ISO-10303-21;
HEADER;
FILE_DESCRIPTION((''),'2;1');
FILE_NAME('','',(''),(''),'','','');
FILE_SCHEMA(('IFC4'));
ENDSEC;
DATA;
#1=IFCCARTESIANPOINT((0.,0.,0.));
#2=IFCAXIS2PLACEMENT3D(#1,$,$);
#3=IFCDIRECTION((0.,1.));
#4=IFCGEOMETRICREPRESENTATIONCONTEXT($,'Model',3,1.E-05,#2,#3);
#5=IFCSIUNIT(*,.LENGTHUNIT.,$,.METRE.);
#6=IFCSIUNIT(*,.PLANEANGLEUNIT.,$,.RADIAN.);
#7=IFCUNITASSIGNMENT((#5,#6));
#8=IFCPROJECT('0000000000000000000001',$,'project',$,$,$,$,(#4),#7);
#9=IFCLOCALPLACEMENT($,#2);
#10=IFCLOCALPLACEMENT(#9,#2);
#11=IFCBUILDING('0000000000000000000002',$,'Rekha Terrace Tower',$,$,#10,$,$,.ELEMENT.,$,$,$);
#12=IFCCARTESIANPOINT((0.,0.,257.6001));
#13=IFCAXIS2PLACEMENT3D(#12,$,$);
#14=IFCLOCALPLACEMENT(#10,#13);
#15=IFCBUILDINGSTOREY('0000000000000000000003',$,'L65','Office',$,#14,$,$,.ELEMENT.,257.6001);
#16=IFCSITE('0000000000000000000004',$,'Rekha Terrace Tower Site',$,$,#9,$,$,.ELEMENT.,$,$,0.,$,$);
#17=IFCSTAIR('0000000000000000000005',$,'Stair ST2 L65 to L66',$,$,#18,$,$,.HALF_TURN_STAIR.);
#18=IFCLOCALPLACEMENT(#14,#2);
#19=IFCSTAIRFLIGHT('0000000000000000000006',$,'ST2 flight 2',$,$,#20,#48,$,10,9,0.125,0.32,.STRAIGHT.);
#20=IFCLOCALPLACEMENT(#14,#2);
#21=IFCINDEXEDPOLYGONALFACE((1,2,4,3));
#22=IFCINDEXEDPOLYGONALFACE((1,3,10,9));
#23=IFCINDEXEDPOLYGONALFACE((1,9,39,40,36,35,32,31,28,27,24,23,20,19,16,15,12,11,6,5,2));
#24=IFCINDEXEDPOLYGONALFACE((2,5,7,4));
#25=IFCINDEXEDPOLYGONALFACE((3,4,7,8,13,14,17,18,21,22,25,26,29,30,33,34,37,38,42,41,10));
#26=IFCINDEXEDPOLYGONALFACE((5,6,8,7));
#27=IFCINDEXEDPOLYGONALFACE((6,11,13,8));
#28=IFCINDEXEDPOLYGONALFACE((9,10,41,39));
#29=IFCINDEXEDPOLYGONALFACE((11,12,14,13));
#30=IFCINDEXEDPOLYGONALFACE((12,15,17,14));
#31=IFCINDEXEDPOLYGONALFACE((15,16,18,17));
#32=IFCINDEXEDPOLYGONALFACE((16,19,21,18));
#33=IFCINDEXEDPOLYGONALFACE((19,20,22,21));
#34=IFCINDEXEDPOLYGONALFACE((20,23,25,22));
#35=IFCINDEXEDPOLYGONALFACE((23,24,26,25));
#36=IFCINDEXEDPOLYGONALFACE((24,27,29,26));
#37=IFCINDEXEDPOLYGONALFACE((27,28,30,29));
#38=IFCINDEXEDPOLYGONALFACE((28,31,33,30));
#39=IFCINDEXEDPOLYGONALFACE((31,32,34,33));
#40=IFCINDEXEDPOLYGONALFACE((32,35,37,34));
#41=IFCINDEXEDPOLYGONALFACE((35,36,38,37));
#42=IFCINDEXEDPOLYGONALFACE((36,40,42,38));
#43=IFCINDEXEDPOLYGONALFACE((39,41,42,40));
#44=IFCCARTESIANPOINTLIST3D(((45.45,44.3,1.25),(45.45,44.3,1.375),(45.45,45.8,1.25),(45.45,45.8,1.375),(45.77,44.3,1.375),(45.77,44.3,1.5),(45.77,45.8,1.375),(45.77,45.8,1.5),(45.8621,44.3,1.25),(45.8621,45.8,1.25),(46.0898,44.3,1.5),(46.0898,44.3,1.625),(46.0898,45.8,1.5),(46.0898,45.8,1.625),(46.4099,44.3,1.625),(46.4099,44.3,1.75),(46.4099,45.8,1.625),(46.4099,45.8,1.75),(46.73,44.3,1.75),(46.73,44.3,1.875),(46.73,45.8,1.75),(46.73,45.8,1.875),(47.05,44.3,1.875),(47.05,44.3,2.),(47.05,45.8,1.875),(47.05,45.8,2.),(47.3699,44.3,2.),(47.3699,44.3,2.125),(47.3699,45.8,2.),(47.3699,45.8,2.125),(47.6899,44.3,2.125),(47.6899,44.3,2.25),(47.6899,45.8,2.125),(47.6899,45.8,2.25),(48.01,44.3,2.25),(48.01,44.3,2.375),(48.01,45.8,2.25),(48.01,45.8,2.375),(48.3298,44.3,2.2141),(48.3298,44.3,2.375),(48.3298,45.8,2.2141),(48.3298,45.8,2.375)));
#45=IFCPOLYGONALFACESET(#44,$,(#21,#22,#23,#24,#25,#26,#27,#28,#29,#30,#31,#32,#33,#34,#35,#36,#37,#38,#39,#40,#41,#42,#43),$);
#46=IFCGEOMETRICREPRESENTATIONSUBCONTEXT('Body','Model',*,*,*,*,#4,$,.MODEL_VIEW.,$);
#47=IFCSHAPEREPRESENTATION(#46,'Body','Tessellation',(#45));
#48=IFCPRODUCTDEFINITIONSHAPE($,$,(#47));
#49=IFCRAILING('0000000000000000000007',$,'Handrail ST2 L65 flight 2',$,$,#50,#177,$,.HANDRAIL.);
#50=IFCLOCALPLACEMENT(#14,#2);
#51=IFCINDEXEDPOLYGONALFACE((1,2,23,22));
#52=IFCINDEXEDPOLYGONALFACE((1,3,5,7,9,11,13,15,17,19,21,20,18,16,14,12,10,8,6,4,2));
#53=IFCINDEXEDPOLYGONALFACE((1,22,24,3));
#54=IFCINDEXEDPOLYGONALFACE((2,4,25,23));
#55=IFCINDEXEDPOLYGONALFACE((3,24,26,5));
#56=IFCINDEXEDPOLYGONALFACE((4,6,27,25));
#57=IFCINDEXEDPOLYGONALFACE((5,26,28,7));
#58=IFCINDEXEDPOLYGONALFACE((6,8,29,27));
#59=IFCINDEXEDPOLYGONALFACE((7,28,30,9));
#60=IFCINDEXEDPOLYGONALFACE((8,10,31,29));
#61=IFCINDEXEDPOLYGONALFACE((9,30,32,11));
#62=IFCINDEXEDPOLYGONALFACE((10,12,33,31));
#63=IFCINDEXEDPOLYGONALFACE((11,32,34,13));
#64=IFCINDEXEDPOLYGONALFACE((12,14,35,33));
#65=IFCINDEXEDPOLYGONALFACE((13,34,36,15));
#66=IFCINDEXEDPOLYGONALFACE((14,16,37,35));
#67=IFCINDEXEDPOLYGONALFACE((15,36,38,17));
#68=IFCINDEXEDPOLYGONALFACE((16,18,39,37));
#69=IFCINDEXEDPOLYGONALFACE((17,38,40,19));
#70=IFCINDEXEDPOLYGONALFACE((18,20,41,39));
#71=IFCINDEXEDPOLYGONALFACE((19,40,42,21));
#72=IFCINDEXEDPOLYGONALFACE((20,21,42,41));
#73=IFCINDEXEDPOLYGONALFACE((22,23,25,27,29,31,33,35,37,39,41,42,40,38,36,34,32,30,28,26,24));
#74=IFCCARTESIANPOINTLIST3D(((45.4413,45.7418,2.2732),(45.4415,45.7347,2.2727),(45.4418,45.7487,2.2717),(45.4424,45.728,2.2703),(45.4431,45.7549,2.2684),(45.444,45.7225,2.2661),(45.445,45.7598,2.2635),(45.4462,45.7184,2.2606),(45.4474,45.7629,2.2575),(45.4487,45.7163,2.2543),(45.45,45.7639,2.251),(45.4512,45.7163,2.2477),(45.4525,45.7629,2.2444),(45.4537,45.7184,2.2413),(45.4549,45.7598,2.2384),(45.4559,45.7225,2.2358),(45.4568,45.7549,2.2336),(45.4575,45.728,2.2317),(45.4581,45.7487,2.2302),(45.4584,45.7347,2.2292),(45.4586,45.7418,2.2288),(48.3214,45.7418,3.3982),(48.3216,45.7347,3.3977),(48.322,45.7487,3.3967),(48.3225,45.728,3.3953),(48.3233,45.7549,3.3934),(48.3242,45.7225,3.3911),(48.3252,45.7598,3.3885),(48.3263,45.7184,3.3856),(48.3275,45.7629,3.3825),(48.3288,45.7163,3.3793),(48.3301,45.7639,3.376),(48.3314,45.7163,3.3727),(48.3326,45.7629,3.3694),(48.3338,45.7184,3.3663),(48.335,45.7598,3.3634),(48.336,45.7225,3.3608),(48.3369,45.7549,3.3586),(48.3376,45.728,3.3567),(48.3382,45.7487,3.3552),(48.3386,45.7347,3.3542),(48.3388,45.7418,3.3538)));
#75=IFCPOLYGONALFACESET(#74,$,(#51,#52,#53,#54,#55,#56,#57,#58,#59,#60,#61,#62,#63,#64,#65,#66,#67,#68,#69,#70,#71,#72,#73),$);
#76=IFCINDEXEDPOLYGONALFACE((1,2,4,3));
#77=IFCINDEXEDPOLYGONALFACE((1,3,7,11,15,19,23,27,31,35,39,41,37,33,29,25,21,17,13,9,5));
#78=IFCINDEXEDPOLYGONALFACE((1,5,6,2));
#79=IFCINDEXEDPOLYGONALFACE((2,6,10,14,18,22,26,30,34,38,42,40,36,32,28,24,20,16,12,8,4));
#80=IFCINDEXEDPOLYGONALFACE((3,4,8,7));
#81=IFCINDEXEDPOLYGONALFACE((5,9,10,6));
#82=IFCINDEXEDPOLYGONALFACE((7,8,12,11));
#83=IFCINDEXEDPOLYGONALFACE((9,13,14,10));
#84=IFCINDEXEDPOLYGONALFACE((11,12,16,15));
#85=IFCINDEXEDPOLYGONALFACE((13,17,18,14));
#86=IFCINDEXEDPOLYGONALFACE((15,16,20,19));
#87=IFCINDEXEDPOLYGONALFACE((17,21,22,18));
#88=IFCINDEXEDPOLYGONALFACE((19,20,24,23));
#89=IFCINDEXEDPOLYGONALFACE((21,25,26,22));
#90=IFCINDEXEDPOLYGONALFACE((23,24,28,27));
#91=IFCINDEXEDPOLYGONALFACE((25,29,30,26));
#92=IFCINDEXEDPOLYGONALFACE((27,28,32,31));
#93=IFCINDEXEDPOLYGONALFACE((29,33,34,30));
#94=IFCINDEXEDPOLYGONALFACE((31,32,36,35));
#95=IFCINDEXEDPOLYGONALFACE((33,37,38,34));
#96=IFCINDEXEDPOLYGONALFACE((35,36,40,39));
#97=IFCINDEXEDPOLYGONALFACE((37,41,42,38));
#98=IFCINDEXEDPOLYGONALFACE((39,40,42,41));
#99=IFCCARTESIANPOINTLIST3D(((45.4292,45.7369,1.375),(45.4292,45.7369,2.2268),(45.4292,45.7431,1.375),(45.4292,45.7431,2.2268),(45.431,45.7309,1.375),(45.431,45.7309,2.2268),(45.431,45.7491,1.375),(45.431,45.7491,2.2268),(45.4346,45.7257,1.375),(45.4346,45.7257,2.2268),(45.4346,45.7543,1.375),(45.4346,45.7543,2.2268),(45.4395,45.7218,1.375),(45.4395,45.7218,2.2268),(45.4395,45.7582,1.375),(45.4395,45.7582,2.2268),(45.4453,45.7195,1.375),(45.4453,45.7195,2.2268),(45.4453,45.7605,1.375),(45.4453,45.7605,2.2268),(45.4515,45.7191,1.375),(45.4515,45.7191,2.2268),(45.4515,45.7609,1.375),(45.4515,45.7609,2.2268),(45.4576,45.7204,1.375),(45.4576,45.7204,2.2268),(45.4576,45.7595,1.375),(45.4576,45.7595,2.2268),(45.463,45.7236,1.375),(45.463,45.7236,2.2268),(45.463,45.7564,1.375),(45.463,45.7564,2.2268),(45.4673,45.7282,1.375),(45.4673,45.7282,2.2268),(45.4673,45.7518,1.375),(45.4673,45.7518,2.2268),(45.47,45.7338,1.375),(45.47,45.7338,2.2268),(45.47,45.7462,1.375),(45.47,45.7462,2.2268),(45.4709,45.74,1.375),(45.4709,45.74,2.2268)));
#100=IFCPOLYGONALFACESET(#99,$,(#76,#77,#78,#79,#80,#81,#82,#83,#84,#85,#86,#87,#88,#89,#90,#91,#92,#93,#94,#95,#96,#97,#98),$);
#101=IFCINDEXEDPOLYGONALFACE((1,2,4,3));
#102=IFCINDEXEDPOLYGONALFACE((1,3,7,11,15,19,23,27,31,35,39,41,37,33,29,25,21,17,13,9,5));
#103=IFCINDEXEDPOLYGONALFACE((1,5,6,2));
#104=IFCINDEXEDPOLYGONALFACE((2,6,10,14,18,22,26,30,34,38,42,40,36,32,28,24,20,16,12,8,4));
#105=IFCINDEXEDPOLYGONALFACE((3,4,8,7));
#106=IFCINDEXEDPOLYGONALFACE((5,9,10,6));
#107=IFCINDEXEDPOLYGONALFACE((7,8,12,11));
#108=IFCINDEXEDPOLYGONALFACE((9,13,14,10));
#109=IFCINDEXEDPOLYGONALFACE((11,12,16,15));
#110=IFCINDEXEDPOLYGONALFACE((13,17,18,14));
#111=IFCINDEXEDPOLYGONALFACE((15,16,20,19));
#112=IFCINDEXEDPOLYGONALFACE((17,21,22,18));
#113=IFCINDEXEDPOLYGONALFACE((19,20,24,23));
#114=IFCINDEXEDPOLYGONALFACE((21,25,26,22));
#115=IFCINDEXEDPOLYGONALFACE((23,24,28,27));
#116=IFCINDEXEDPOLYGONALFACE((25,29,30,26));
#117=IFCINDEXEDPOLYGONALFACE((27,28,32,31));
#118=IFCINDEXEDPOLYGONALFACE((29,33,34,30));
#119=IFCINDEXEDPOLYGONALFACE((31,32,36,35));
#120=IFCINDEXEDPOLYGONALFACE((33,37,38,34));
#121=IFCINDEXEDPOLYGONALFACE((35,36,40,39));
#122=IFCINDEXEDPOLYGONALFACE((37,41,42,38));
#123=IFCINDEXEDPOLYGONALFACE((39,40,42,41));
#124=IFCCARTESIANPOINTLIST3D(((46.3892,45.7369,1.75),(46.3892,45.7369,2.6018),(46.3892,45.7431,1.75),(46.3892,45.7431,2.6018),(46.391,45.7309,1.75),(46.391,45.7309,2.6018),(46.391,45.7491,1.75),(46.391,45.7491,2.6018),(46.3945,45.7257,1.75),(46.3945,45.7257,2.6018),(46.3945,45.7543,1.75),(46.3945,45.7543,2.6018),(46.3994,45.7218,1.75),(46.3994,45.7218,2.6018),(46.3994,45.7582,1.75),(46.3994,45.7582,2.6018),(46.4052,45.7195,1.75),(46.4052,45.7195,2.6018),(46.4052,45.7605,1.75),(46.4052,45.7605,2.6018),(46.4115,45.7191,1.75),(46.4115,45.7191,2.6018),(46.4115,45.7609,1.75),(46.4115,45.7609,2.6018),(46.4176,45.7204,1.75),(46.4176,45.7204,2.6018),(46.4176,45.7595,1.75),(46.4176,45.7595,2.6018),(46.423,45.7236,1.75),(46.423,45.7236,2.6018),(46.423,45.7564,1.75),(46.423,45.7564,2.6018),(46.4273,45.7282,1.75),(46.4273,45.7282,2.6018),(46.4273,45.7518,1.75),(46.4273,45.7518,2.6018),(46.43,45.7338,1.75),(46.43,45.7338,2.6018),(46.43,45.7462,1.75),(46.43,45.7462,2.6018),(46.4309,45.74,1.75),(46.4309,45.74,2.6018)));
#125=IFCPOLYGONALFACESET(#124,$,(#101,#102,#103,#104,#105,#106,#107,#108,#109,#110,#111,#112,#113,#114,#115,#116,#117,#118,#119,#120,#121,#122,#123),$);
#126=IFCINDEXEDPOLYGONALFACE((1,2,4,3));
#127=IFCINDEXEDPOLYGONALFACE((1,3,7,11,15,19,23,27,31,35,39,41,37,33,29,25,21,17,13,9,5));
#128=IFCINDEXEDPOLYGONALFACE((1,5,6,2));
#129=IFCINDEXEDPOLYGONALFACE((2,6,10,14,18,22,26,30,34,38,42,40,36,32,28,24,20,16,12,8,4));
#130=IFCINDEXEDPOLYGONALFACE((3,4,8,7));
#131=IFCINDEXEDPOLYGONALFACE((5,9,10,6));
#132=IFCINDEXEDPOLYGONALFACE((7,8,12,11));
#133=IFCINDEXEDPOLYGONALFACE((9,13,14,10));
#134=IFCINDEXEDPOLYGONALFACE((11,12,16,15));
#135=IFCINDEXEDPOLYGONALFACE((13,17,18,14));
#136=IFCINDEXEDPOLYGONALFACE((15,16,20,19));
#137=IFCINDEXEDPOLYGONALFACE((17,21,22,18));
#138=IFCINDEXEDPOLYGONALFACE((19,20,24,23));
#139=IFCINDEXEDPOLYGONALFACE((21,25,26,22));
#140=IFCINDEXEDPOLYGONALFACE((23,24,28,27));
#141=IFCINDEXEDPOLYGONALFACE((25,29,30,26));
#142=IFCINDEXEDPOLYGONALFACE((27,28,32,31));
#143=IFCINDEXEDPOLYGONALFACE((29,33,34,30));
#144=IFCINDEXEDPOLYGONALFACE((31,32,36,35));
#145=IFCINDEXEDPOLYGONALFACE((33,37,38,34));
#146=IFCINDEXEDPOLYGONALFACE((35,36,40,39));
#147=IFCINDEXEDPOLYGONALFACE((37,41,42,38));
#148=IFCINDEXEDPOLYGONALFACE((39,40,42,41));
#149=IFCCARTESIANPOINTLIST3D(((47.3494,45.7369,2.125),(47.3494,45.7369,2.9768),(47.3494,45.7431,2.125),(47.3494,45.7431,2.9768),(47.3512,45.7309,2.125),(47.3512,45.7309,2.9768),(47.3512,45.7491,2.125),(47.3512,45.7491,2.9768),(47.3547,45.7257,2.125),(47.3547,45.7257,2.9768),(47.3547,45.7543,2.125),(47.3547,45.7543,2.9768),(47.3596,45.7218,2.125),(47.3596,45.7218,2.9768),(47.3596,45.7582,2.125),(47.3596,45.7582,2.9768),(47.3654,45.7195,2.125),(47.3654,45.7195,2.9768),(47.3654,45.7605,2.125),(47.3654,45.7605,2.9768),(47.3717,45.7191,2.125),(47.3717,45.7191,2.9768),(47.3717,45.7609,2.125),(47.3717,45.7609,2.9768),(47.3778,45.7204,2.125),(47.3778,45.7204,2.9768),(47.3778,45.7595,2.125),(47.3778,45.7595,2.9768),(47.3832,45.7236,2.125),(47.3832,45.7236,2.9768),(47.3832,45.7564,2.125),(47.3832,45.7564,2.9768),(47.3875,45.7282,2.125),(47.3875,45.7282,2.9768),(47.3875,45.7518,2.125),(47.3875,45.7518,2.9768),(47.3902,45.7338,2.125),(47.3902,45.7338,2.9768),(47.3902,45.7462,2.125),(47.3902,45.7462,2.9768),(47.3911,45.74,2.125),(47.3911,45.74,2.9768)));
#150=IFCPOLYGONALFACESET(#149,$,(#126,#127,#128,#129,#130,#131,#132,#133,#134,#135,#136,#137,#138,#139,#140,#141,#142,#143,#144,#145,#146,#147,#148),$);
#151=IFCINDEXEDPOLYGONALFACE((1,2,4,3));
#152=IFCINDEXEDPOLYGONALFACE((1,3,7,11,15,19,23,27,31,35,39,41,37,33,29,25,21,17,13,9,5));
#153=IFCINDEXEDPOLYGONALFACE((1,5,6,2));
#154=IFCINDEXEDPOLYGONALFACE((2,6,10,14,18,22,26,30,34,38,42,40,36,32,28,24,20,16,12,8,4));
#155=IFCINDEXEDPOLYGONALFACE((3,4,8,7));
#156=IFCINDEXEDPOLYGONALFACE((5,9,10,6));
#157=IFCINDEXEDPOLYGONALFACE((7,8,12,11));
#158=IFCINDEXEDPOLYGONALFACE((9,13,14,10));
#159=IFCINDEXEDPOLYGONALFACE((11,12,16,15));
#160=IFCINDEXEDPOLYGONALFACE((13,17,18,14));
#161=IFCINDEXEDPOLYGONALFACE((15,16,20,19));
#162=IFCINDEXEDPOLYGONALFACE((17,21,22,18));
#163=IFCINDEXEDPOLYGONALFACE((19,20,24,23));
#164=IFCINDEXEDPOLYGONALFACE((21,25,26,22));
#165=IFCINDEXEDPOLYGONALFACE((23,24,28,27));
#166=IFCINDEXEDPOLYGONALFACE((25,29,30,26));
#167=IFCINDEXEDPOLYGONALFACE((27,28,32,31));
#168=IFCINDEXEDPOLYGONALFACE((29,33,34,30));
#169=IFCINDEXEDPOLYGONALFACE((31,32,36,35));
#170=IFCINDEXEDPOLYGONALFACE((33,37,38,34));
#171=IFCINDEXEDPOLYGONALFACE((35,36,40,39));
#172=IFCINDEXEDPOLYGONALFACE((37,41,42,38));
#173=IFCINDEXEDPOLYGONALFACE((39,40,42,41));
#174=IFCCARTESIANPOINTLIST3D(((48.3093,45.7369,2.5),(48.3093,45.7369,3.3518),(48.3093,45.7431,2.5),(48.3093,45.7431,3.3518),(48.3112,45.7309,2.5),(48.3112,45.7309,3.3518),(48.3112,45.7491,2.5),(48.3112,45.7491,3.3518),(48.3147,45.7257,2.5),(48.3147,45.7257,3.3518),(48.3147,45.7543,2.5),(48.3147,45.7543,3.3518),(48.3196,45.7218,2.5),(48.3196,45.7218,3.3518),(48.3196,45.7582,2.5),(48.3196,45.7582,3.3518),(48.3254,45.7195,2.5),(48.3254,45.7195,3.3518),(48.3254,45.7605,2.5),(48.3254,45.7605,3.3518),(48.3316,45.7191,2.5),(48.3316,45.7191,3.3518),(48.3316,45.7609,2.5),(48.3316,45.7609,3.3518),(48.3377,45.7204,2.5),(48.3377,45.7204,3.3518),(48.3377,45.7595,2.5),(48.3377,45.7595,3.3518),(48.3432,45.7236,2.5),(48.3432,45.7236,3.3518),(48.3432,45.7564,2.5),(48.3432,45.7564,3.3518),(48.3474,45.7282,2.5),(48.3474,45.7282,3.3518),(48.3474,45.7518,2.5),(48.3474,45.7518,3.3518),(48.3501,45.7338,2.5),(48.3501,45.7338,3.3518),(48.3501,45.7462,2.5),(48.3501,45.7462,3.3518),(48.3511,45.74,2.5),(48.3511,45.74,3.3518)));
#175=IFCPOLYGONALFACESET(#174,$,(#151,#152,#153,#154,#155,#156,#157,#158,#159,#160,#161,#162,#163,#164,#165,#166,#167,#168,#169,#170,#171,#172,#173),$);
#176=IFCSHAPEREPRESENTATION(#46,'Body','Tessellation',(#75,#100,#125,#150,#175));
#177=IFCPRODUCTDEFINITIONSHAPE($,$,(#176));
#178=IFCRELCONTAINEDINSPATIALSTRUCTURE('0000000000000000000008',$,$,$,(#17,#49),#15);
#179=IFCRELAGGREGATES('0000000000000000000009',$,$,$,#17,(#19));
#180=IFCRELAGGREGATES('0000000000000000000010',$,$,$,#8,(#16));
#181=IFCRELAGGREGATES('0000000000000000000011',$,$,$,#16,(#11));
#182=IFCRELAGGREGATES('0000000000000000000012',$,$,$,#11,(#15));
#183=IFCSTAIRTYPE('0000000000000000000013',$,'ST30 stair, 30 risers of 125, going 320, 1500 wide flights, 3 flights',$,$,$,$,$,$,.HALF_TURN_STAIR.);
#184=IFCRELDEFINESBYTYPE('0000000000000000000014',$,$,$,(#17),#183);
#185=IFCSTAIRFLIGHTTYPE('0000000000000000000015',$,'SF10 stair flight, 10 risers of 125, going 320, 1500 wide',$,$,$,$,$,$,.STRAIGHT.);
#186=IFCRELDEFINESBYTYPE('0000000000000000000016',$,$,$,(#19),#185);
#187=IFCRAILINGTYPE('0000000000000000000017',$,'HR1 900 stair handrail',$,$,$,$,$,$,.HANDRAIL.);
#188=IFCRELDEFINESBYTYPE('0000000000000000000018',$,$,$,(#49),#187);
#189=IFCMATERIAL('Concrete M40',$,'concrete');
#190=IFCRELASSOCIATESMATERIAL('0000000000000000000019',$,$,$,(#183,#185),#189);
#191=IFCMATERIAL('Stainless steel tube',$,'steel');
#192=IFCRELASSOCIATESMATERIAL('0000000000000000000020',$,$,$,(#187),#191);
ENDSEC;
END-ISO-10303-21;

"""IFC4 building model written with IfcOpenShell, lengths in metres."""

from ifc_helpers import new_model, si_unit, direction, frame, origin, origin_2d, place, context, subcontext, project, spatial, polyline, circle, outline, extrude, material, type_object, element, aggregate, save


model = new_model("IFC4")

# Units and contexts
model_context = context("Model", 3, precision=1e-05, world=origin(), true_north=direction((0.0, 1.0)))
body_context = subcontext(model_context, "Body", "Model", "MODEL_VIEW")
ifc_project = project(units=[si_unit("LENGTHUNIT", "METRE"), si_unit("PLANEANGLEUNIT", "RADIAN")], contexts=[model_context])

# Site, building, storey
site_placement = place(None, origin())
site = spatial("IfcSite", under=ifc_project, at=site_placement, Name="Rekha Terrace Tower Site", CompositionType="ELEMENT", RefElevation=0.0)
building_placement = place(site_placement, origin())
building = spatial("IfcBuilding", under=site, at=building_placement, Name="Rekha Terrace Tower", CompositionType="ELEMENT")
storey_placement = place(building_placement, frame((0.0, 0.0, 257.6001)))
storey = spatial("IfcBuildingStorey", under=building, at=storey_placement, Name="L65", Description="Office", CompositionType="ELEMENT", Elevation=257.6001)

# Stair, stair flight
ifc_material_1 = material(Name="Concrete M40", Category="concrete")
stair_type = type_object("IfcStairType", Name="ST30 stair, 30 risers of 125, going 320, 1500 wide flights, 3 flights", PredefinedType="HALF_TURN_STAIR", material=ifc_material_1)
stair_placement = place(storey_placement, origin())
stair = element("IfcStair", 1, at=stair_placement, inside=storey, type_object=stair_type, Name="Stair ST2 L65 to L66", PredefinedType="HALF_TURN_STAIR")
stair_flight_type = type_object("IfcStairFlightType", Name="SF10 stair flight, 10 risers of 125, going 320, 1500 wide", PredefinedType="STRAIGHT", material=ifc_material_1)
stair_flight_placement = place(storey_placement, frame((45.45, 45.05, 1.25), z_axis=(0.0, 0.0, 1.0), x_axis=(1.0, 0.0, 0.0)))
stair_flight = element("IfcStairFlight", 2, at=stair_flight_placement, type_object=stair_flight_type, Name="ST2 flight 2", NumberOfRisers=10, NumberOfTreads=9, PredefinedType="STRAIGHT", RiserHeight=0.125, TreadLength=0.32, context=body_context, shape_type="SweptSolid", body=[
    extrude(outline(polyline([(0.0, 0.0), (0.0, 0.125), (0.3201, 0.125), (0.3201, 0.25), (0.6399, 0.25), (0.6399, 0.375), (0.96, 0.375), (0.96, 0.5), (1.28, 0.5), (1.28, 0.625), (1.6001, 0.625), (1.6001, 0.75), (1.9199, 0.75), (1.9199, 0.875), (2.24, 0.875), (2.24, 1.0), (2.5601, 1.0), (2.5601, 1.125), (2.8799, 1.125), (2.8799, 1.25), (2.8799, 0.9641), (0.4121, 0.0), (0.0, 0.0)])), frame((0.0, 0.75, 0.0), z_axis=(0.0, -1.0, 0.0), x_axis=(1.0, 0.0, 0.0)), (0.0, 0.0, 1.0), 1.5),
])
aggregate(stair, [stair_flight])

# Railing
ifc_material_2 = material(Name="Stainless steel tube", Category="steel")
railing_type = type_object("IfcRailingType", Name="HR1 900 stair handrail", PredefinedType="HANDRAIL", material=ifc_material_2)
railing_placement = place(storey_placement, frame((45.45, 45.74, 1.375)))
element("IfcRailing", 3, at=railing_placement, inside=storey, type_object=railing_type, Name="Handrail ST2 L65 flight 2", PredefinedType="HANDRAIL", context=body_context, shape_type="SweptSolid", body=[
    extrude(circle(Radius=0.0239, at=origin_2d()), frame((0.0, 0.0, 0.876), z_axis=(0.931463, 0.0, 0.363837), x_axis=(0.0, 1.0, 0.0)), (0.0, 0.0, 1.0), 3.092),
    extrude(circle(Radius=0.021, at=origin_2d()), origin(), (0.0, 0.0, 1.0), 0.8518),
    extrude(circle(Radius=0.021, at=origin_2d()), frame((0.96, 0.0, 0.375)), (0.0, 0.0, 1.0), 0.8518),
    extrude(circle(Radius=0.021, at=origin_2d()), frame((1.9202, 0.0, 0.75)), (0.0, 0.0, 1.0), 0.8518),
    extrude(circle(Radius=0.021, at=origin_2d()), frame((2.8801, 0.0, 1.125)), (0.0, 0.0, 1.0), 0.8518),
])

save(model, "model.ifc")
